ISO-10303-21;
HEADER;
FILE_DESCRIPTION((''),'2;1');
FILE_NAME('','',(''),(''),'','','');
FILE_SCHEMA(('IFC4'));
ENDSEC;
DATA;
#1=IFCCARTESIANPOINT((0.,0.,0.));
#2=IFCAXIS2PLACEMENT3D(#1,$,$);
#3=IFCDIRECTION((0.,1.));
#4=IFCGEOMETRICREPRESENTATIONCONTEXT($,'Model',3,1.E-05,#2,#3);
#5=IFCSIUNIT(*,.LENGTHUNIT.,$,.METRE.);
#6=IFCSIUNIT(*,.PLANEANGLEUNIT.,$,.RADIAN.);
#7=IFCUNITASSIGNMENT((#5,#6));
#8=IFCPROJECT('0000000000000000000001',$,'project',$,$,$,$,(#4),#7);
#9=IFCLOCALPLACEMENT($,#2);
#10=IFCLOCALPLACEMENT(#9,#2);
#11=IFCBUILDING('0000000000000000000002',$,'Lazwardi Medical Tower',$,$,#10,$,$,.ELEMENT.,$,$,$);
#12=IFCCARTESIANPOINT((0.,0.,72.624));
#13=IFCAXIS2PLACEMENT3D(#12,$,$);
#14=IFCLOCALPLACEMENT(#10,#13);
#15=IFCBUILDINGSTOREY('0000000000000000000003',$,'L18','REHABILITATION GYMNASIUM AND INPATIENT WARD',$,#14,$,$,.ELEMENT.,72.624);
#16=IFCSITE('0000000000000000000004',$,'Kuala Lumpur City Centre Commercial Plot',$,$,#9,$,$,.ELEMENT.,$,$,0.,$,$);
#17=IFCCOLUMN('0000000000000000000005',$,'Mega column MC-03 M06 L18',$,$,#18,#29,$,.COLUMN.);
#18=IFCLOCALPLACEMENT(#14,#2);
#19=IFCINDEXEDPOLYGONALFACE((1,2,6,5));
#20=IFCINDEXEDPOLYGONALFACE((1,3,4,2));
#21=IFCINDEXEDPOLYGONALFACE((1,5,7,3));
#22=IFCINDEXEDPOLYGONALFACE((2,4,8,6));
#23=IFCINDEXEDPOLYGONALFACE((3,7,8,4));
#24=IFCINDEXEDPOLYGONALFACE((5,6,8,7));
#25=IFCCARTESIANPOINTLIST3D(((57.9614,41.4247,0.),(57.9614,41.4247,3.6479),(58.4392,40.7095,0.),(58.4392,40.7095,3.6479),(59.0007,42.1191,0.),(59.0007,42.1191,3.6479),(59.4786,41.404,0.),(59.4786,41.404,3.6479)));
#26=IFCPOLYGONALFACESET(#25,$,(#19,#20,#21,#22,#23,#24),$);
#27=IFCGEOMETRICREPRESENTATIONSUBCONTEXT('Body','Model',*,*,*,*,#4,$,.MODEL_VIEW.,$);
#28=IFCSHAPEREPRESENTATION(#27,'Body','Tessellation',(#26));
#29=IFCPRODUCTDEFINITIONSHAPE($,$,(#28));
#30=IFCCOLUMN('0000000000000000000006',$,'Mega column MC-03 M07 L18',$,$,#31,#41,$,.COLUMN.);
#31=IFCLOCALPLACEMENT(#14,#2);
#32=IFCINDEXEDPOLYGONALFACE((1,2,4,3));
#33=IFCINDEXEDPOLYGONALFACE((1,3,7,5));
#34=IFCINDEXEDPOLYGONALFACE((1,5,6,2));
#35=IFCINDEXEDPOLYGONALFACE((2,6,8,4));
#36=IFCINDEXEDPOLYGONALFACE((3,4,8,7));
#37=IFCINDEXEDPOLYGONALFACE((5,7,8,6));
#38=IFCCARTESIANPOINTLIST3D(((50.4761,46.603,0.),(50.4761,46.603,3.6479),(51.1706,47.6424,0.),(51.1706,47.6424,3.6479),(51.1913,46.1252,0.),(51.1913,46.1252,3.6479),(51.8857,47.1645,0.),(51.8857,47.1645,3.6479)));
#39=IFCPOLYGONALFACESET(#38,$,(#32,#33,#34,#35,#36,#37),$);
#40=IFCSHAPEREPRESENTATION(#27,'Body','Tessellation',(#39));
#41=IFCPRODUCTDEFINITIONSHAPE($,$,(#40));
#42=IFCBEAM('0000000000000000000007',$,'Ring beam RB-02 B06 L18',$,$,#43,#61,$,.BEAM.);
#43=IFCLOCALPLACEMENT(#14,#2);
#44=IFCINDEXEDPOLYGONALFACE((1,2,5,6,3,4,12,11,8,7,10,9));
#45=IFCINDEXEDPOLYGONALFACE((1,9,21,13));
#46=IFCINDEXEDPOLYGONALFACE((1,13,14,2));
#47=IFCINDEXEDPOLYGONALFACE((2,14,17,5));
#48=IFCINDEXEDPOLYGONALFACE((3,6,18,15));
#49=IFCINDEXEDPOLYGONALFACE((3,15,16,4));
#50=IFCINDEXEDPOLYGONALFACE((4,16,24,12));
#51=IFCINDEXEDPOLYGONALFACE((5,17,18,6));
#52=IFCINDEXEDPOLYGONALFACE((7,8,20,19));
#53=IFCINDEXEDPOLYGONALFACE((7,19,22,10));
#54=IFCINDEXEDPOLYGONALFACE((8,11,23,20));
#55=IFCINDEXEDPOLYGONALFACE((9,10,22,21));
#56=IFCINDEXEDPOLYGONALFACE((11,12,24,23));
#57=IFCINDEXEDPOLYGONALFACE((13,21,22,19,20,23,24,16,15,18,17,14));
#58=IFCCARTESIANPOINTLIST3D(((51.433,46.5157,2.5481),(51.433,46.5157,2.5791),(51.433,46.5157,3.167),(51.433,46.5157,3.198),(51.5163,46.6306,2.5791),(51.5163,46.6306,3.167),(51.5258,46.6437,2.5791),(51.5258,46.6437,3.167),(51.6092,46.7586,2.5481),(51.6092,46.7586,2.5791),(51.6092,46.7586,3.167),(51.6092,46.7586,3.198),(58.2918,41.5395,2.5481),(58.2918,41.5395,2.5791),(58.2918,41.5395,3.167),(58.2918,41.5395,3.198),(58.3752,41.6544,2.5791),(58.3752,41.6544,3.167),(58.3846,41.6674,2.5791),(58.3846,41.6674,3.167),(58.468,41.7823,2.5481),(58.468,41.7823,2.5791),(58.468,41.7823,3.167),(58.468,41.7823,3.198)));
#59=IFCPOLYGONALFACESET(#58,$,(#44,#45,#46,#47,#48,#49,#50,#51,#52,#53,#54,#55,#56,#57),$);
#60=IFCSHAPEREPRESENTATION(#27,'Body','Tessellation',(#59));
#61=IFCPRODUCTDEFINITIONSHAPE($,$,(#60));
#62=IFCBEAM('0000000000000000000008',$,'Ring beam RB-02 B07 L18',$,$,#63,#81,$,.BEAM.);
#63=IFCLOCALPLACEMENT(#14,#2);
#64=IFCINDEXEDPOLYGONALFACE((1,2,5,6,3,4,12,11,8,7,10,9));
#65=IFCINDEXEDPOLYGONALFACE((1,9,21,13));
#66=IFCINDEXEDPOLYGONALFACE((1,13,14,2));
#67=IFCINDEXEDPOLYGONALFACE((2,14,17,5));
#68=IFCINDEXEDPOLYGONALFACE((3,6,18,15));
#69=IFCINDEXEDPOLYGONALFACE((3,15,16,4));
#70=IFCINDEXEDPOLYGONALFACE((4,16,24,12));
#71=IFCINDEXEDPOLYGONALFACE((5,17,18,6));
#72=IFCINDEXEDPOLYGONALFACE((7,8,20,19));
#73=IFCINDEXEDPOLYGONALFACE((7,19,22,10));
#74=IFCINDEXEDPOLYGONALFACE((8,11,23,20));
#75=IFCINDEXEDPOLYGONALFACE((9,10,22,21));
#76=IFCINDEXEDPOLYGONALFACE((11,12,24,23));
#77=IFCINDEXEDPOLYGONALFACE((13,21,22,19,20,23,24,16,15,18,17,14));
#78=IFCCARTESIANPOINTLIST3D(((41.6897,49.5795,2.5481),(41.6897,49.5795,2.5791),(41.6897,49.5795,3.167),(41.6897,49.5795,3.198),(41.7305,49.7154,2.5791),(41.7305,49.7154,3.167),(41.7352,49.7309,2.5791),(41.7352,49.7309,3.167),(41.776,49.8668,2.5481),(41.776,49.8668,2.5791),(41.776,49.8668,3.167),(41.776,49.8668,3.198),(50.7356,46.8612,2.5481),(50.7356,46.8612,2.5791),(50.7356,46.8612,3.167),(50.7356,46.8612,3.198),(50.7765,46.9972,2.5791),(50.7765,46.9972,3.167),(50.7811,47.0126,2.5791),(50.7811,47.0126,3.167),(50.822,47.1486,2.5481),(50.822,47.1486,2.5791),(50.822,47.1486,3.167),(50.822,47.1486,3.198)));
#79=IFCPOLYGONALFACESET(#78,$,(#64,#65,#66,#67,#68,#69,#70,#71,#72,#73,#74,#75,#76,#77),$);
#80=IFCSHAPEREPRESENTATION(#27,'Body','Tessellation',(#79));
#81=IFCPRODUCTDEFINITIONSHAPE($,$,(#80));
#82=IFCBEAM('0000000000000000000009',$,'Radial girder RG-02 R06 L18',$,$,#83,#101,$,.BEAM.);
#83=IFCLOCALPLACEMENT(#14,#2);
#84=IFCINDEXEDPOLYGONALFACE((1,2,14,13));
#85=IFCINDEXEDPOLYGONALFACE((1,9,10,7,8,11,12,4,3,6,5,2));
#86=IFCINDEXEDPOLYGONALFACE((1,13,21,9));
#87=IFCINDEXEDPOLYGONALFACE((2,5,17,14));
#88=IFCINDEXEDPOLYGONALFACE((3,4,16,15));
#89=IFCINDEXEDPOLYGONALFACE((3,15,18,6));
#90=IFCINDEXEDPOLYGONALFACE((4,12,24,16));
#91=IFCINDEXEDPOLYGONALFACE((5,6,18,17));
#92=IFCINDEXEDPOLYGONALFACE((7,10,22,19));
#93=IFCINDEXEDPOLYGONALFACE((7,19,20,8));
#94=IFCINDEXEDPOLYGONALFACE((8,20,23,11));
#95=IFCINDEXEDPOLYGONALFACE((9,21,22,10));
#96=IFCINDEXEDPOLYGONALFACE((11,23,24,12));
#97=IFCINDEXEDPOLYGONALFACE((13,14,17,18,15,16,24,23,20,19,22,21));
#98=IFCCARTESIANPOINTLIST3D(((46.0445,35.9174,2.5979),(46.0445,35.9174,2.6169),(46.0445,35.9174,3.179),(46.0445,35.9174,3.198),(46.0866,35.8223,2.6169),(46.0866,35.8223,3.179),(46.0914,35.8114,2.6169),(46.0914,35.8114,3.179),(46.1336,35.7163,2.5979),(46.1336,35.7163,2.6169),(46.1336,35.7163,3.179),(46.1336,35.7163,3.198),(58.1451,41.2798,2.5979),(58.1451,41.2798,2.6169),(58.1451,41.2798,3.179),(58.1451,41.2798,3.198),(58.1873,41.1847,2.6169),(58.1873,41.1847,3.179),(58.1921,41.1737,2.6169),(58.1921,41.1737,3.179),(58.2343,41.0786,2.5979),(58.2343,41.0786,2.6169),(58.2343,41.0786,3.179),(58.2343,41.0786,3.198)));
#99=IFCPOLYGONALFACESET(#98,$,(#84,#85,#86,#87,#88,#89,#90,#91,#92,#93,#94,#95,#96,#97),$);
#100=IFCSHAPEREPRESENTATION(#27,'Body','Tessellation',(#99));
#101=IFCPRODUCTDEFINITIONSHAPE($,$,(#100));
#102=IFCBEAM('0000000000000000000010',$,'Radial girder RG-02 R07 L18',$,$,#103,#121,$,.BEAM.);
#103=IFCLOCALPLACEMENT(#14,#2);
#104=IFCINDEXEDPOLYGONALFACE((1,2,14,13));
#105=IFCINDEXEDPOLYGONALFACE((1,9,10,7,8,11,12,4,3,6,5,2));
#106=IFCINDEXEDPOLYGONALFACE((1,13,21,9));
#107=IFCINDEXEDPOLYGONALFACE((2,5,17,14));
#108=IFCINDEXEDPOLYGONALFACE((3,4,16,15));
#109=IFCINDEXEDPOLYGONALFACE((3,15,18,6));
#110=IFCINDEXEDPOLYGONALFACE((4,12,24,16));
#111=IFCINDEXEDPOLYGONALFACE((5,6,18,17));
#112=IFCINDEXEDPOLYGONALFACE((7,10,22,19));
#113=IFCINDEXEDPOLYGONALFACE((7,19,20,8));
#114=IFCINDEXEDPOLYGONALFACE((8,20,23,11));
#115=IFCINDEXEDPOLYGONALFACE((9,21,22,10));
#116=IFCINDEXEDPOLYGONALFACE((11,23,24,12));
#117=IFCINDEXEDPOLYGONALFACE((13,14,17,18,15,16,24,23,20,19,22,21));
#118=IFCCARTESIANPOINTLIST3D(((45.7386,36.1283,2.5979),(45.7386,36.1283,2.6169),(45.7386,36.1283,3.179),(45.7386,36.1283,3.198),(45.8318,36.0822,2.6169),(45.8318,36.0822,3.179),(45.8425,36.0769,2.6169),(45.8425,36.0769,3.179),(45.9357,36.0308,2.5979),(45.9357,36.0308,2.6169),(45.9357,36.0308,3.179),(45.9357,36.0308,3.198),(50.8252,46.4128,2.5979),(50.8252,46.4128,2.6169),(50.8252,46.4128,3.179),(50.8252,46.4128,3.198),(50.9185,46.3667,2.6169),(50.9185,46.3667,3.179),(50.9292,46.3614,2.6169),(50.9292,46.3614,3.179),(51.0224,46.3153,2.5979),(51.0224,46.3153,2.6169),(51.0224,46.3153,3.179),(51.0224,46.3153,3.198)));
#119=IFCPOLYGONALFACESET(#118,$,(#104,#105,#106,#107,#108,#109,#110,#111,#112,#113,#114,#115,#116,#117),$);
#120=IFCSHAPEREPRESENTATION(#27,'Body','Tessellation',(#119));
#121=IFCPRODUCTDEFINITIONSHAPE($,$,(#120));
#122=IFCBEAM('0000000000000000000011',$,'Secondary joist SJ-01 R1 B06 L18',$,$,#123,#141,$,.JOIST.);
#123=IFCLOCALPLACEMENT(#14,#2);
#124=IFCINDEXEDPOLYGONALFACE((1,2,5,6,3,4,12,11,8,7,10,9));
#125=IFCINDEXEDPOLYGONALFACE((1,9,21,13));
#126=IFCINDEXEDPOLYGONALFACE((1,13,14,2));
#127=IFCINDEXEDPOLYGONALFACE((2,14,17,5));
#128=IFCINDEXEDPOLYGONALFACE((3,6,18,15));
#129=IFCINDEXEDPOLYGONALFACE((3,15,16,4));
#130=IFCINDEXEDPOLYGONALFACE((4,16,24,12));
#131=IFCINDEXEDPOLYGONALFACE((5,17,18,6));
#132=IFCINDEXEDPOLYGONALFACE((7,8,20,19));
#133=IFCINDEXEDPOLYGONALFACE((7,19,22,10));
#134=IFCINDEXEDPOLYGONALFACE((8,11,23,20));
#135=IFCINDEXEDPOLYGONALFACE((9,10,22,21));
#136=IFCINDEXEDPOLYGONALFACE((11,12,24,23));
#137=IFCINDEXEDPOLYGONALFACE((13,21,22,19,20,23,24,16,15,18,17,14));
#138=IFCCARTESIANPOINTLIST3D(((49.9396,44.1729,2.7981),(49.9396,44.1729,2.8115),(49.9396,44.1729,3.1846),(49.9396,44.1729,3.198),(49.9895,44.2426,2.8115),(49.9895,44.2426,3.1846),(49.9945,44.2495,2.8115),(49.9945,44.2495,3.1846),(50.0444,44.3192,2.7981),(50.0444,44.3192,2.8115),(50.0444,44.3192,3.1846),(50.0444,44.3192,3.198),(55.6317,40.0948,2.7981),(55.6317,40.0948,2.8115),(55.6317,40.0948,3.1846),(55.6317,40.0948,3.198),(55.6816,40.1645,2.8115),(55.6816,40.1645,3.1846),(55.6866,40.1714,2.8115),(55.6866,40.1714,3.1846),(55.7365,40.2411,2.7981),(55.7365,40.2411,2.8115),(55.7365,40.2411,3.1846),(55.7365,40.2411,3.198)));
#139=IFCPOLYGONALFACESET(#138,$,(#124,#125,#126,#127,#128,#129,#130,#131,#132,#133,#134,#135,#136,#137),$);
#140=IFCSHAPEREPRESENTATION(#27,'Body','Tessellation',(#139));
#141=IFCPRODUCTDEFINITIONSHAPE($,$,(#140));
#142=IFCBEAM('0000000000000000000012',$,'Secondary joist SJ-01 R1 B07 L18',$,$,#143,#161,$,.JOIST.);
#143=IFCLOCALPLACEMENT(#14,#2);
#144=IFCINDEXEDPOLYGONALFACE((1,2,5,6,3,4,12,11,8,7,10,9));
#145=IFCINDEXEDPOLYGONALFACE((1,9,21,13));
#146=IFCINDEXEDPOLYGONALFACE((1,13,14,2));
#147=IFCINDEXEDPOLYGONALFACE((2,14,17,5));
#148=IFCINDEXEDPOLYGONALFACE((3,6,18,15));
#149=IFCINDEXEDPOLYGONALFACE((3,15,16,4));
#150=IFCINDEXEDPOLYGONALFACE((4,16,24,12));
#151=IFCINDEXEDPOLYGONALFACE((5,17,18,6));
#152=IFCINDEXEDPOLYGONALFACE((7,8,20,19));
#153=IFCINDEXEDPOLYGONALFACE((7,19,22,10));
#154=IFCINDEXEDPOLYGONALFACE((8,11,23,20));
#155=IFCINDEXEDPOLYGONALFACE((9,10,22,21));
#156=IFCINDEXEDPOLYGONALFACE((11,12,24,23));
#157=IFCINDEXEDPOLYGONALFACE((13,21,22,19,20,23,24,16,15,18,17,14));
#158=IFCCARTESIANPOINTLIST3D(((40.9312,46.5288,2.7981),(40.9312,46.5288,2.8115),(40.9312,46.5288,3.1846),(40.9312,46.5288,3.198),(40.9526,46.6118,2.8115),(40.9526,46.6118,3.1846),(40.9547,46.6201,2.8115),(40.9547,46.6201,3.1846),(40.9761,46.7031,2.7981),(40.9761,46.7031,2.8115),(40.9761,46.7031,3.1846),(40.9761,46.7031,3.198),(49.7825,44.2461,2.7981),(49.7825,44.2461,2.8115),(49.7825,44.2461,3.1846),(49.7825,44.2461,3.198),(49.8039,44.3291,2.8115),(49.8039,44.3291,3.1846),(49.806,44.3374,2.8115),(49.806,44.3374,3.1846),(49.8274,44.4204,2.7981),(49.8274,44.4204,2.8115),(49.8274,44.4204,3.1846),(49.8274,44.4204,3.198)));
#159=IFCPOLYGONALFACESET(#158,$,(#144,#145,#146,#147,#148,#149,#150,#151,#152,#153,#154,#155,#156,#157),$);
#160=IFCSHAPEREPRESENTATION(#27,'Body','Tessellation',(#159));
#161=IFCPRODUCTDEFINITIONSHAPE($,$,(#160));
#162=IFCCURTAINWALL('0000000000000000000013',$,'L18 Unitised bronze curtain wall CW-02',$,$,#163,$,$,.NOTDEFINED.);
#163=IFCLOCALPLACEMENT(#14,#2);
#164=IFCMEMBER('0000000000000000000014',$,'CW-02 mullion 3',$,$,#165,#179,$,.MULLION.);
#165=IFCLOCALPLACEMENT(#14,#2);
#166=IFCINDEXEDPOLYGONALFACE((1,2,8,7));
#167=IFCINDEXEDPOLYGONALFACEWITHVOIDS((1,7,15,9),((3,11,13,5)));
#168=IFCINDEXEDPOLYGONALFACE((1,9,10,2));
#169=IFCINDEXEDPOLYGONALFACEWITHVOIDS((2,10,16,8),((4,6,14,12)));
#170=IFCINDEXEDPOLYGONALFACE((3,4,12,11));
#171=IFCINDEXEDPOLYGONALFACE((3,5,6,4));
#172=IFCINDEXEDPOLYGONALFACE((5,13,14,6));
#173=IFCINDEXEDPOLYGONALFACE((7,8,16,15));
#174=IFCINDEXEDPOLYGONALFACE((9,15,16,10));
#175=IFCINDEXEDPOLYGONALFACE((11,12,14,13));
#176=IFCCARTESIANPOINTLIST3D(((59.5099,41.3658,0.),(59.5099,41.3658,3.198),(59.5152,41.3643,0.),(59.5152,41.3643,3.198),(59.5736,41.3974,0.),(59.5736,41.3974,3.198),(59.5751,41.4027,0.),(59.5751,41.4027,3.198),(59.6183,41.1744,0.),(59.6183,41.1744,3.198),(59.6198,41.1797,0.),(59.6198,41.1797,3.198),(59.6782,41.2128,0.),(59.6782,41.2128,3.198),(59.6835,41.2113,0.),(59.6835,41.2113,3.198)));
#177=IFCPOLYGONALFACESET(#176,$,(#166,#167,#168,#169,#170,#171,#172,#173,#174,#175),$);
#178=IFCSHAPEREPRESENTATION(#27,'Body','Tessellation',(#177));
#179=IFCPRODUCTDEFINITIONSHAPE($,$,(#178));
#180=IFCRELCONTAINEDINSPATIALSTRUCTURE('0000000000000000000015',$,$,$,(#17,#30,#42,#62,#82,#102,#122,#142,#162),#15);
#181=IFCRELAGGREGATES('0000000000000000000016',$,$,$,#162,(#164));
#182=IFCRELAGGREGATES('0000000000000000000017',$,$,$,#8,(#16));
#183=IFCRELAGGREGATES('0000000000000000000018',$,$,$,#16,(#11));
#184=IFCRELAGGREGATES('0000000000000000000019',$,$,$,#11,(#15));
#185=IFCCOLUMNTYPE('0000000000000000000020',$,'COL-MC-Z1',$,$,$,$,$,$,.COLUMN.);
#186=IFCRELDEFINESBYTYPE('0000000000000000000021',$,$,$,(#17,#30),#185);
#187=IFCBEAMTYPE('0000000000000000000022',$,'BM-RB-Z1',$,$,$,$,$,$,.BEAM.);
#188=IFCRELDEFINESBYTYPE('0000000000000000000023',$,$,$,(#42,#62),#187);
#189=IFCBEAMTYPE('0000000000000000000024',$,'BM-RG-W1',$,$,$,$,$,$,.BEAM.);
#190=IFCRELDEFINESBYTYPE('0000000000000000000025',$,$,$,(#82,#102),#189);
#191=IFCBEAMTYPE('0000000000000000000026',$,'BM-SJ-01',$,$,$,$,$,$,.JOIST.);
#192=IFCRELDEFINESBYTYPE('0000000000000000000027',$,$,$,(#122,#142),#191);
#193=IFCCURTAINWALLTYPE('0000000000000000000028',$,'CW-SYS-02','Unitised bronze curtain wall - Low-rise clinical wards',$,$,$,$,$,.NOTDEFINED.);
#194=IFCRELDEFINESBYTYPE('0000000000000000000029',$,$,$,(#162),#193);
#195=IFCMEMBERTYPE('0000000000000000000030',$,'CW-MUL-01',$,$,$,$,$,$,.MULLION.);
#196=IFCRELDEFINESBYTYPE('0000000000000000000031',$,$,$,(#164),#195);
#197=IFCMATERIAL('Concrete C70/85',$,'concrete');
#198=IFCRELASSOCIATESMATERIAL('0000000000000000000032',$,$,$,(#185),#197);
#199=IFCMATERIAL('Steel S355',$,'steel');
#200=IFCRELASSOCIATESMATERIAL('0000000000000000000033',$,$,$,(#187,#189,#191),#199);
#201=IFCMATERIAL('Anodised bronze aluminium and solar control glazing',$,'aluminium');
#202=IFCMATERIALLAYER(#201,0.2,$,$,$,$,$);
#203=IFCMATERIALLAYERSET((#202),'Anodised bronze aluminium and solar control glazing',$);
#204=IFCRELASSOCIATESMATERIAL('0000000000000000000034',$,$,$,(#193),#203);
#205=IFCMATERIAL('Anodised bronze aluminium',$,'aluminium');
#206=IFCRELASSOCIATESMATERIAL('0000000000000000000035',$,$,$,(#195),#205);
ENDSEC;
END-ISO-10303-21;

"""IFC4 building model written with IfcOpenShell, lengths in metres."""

from ifc_helpers import new_model, si_unit, direction, frame, origin, origin_2d, place, context, subcontext, project, spatial, rectangle, hollow_rectangle, i_section, extrude, material, layer, layer_set, material_profile, profile_set, type_object, element, aggregate, save


model = new_model("IFC4")

# Units and contexts
model_context = context("Model", 3, precision=1e-05, world=origin(), true_north=direction((0.0, 1.0)))
body_context = subcontext(model_context, "Body", "Model", "MODEL_VIEW")
ifc_project = project(units=[si_unit("LENGTHUNIT", "METRE"), si_unit("PLANEANGLEUNIT", "RADIAN")], contexts=[model_context])

# Site, building, storey
site_placement = place(None, origin())
site = spatial("IfcSite", under=ifc_project, at=site_placement, Name="Kuala Lumpur City Centre Commercial Plot", CompositionType="ELEMENT", RefElevation=0.0)
building_placement = place(site_placement, origin())
building = spatial("IfcBuilding", under=site, at=building_placement, Name="Lazwardi Medical Tower", CompositionType="ELEMENT")
storey_placement = place(building_placement, frame((0.0, 0.0, 72.624)))
storey = spatial("IfcBuildingStorey", under=building, at=storey_placement, Name="L18", Description="REHABILITATION GYMNASIUM AND INPATIENT WARD", CompositionType="ELEMENT", Elevation=72.624)

# Columns
ifc_material_1 = material(Name="Concrete C70/85", Category="concrete")
ifc_material_profile_1 = material_profile(ifc_material_1, rectangle(XDim=1.25, YDim=0.8601, at=origin_2d()), Name="CFT-RECT 1250x860")
ifc_profile_set_1 = profile_set([ifc_material_profile_1], Name="Concrete C70/85")
column_type = type_object("IfcColumnType", Name="COL-MC-Z1", PredefinedType="COLUMN", material=ifc_profile_set_1)
for number, where, z_axis, x_axis, name in (
    (1, (58.72, 41.4143, 0.0), (0.0, 0.0, 1.0), (0.83147, 0.55557, 0.0), "Mega column MC-03 M06 L18"),
    (2, (51.1809, 46.8838, 0.0), (0.0, 0.0, 1.0), (0.55557, 0.83147, 0.0), "Mega column MC-03 M07 L18"),
):
    element("IfcColumn", number, at=place(storey_placement, frame(where, z_axis=z_axis, x_axis=x_axis)), inside=storey, type_object=column_type, Name=name, PredefinedType="COLUMN", context=body_context, shape_type="SweptSolid", body=[
        extrude(rectangle(XDim=1.25, YDim=0.8601, at=origin_2d()), origin(), (0.0, 0.0, 1.0), 3.6479),
    ])

# Beams
ifc_material_2 = material(Name="Steel S355", Category="steel")
ifc_material_profile_2 = material_profile(ifc_material_2, i_section(OverallWidth=0.3, OverallDepth=0.6499, WebThickness=0.0161, FlangeThickness=0.031, at=origin_2d()), Name="HEB 650")
ifc_profile_set_2 = profile_set([ifc_material_profile_2], Name="Steel S355")
beam_type_1 = type_object("IfcBeamType", Name="BM-RB-Z1", PredefinedType="BEAM", material=ifc_profile_set_2)
beam_1_placement = place(storey_placement, frame((58.3799, 41.6609, 2.873), z_axis=(-0.809407, 0.587248, 0.0), x_axis=(-0.587248, -0.809407, 0.0)))
element("IfcBeam", 3, at=beam_1_placement, inside=storey, type_object=beam_type_1, Name="Ring beam RB-02 B06 L18", PredefinedType="BEAM", context=body_context, shape_type="SweptSolid", body=[
    extrude(i_section(OverallWidth=0.3, OverallDepth=0.6499, WebThickness=0.0161, FlangeThickness=0.031, at=origin_2d()), origin(), (0.0, 0.0, 1.0), 8.4739),
])
beam_2_placement = place(storey_placement, frame((50.7788, 47.0049, 2.873), z_axis=(-0.957695, 0.287784, 0.0), x_axis=(-0.287784, -0.957695, 0.0)))
element("IfcBeam", 4, at=beam_2_placement, inside=storey, type_object=beam_type_1, Name="Ring beam RB-02 B07 L18", PredefinedType="BEAM", context=body_context, shape_type="SweptSolid", body=[
    extrude(i_section(OverallWidth=0.3, OverallDepth=0.6499, WebThickness=0.0161, FlangeThickness=0.031, at=origin_2d()), origin(), (0.0, 0.0, 1.0), 9.4456),
])
ifc_material_profile_3 = material_profile(ifc_material_2, i_section(OverallWidth=0.22, OverallDepth=0.6001, WebThickness=0.012, FlangeThickness=0.019, at=origin_2d()), Name="IPE 600")
ifc_profile_set_3 = profile_set([ifc_material_profile_3], Name="Steel S355")
beam_type_2 = type_object("IfcBeamType", Name="BM-RG-W1", PredefinedType="BEAM", material=ifc_profile_set_3)
beam_3_placement = place(storey_placement, frame((58.1897, 41.1792, 2.8979), z_axis=(-0.914252, -0.405146, 0.0), x_axis=(0.405146, -0.914252, 0.0)))
element("IfcBeam", 5, at=beam_3_placement, inside=storey, type_object=beam_type_2, Name="Radial girder RG-02 R06 L18", PredefinedType="BEAM", context=body_context, shape_type="SweptSolid", body=[
    extrude(i_section(OverallWidth=0.22, OverallDepth=0.6001, WebThickness=0.012, FlangeThickness=0.019, at=origin_2d()), origin(), (0.0, 0.0, 1.0), 13.2356),
])
beam_4_placement = place(storey_placement, frame((50.9238, 46.364, 2.8979), z_axis=(-0.443337, -0.896355, 0.0), x_axis=(0.896355, -0.443337, 0.0)))
element("IfcBeam", 6, at=beam_4_placement, inside=storey, type_object=beam_type_2, Name="Radial girder RG-02 R07 L18", PredefinedType="BEAM", context=body_context, shape_type="SweptSolid", body=[
    extrude(i_section(OverallWidth=0.22, OverallDepth=0.6001, WebThickness=0.012, FlangeThickness=0.019, at=origin_2d()), origin(), (0.0, 0.0, 1.0), 11.4736),
])
ifc_material_profile_4 = material_profile(ifc_material_2, i_section(OverallWidth=0.1799, OverallDepth=0.3999, WebThickness=0.0085, FlangeThickness=0.0134, at=origin_2d()), Name="IPE 400")
ifc_profile_set_4 = profile_set([ifc_material_profile_4], Name="Steel S355")
beam_type_3 = type_object("IfcBeamType", Name="BM-SJ-01", PredefinedType="JOIST", material=ifc_profile_set_4)
beam_5_placement = place(storey_placement, frame((55.6841, 40.168, 2.998), z_axis=(-0.812901, 0.582402, 0.0), x_axis=(-0.582402, -0.812901, 0.0)))
element("IfcBeam", 7, at=beam_5_placement, inside=storey, type_object=beam_type_3, Name="Secondary joist SJ-01 R1 B06 L18", PredefinedType="JOIST", context=body_context, shape_type="SweptSolid", body=[
    extrude(i_section(OverallWidth=0.1799, OverallDepth=0.3999, WebThickness=0.0085, FlangeThickness=0.0134, at=origin_2d()), origin(), (0.0, 0.0, 1.0), 7.0022),
])
beam_6_placement = place(storey_placement, frame((49.8049, 44.3333, 2.998), z_axis=(-0.968317, 0.249725, 0.0), x_axis=(-0.249725, -0.968317, 0.0)))
element("IfcBeam", 8, at=beam_6_placement, inside=storey, type_object=beam_type_3, Name="Secondary joist SJ-01 R1 B07 L18", PredefinedType="JOIST", context=body_context, shape_type="SweptSolid", body=[
    extrude(i_section(OverallWidth=0.1799, OverallDepth=0.3999, WebThickness=0.0085, FlangeThickness=0.0134, at=origin_2d()), origin(), (0.0, 0.0, 1.0), 9.1409),
])

# Curtain wall, member
ifc_material_3 = material(Name="Anodised bronze aluminium and solar control glazing", Category="aluminium")
ifc_layer_1 = layer(ifc_material_3, 0.2)
ifc_layer_set_1 = layer_set([ifc_layer_1], Name="Anodised bronze aluminium and solar control glazing")
curtain_wall_type = type_object("IfcCurtainWallType", Name="CW-SYS-02", Description="Unitised bronze curtain wall - Low-rise clinical wards", PredefinedType="NOTDEFINED", material=ifc_layer_set_1)
curtain_wall_1_placement = place(storey_placement, origin())
curtain_wall_1 = element("IfcCurtainWall", 9, at=curtain_wall_1_placement, inside=storey, type_object=curtain_wall_type, Name="L18 Unitised bronze curtain wall CW-02", PredefinedType="NOTDEFINED")
ifc_material_4 = material(Name="Anodised bronze aluminium", Category="aluminium")
ifc_material_profile_5 = material_profile(ifc_material_4, hollow_rectangle(XDim=0.075, YDim=0.22, WallThickness=0.0039, at=origin_2d()), Name="ALU-MULLION 220x75x4")
ifc_profile_set_5 = profile_set([ifc_material_profile_5], Name="Anodised bronze aluminium")
member_type_1 = type_object("IfcMemberType", Name="CW-MUL-01", PredefinedType="MULLION", material=ifc_profile_set_5)
member_1_placement = place(storey_placement, frame((59.5967, 41.2886, 0.0), z_axis=(0.0, 0.0, 1.0), x_axis=(-0.870112, -0.492854, 0.0)))
member_1 = element("IfcMember", 10, at=member_1_placement, type_object=member_type_1, Name="CW-02 mullion 3", PredefinedType="MULLION", context=body_context, shape_type="SweptSolid", body=[
    extrude(hollow_rectangle(XDim=0.075, YDim=0.22, WallThickness=0.0039, at=origin_2d()), origin(), (0.0, 0.0, 1.0), 3.198),
])

aggregate(curtain_wall_1, [member_1])

save(model, "model.ifc")
